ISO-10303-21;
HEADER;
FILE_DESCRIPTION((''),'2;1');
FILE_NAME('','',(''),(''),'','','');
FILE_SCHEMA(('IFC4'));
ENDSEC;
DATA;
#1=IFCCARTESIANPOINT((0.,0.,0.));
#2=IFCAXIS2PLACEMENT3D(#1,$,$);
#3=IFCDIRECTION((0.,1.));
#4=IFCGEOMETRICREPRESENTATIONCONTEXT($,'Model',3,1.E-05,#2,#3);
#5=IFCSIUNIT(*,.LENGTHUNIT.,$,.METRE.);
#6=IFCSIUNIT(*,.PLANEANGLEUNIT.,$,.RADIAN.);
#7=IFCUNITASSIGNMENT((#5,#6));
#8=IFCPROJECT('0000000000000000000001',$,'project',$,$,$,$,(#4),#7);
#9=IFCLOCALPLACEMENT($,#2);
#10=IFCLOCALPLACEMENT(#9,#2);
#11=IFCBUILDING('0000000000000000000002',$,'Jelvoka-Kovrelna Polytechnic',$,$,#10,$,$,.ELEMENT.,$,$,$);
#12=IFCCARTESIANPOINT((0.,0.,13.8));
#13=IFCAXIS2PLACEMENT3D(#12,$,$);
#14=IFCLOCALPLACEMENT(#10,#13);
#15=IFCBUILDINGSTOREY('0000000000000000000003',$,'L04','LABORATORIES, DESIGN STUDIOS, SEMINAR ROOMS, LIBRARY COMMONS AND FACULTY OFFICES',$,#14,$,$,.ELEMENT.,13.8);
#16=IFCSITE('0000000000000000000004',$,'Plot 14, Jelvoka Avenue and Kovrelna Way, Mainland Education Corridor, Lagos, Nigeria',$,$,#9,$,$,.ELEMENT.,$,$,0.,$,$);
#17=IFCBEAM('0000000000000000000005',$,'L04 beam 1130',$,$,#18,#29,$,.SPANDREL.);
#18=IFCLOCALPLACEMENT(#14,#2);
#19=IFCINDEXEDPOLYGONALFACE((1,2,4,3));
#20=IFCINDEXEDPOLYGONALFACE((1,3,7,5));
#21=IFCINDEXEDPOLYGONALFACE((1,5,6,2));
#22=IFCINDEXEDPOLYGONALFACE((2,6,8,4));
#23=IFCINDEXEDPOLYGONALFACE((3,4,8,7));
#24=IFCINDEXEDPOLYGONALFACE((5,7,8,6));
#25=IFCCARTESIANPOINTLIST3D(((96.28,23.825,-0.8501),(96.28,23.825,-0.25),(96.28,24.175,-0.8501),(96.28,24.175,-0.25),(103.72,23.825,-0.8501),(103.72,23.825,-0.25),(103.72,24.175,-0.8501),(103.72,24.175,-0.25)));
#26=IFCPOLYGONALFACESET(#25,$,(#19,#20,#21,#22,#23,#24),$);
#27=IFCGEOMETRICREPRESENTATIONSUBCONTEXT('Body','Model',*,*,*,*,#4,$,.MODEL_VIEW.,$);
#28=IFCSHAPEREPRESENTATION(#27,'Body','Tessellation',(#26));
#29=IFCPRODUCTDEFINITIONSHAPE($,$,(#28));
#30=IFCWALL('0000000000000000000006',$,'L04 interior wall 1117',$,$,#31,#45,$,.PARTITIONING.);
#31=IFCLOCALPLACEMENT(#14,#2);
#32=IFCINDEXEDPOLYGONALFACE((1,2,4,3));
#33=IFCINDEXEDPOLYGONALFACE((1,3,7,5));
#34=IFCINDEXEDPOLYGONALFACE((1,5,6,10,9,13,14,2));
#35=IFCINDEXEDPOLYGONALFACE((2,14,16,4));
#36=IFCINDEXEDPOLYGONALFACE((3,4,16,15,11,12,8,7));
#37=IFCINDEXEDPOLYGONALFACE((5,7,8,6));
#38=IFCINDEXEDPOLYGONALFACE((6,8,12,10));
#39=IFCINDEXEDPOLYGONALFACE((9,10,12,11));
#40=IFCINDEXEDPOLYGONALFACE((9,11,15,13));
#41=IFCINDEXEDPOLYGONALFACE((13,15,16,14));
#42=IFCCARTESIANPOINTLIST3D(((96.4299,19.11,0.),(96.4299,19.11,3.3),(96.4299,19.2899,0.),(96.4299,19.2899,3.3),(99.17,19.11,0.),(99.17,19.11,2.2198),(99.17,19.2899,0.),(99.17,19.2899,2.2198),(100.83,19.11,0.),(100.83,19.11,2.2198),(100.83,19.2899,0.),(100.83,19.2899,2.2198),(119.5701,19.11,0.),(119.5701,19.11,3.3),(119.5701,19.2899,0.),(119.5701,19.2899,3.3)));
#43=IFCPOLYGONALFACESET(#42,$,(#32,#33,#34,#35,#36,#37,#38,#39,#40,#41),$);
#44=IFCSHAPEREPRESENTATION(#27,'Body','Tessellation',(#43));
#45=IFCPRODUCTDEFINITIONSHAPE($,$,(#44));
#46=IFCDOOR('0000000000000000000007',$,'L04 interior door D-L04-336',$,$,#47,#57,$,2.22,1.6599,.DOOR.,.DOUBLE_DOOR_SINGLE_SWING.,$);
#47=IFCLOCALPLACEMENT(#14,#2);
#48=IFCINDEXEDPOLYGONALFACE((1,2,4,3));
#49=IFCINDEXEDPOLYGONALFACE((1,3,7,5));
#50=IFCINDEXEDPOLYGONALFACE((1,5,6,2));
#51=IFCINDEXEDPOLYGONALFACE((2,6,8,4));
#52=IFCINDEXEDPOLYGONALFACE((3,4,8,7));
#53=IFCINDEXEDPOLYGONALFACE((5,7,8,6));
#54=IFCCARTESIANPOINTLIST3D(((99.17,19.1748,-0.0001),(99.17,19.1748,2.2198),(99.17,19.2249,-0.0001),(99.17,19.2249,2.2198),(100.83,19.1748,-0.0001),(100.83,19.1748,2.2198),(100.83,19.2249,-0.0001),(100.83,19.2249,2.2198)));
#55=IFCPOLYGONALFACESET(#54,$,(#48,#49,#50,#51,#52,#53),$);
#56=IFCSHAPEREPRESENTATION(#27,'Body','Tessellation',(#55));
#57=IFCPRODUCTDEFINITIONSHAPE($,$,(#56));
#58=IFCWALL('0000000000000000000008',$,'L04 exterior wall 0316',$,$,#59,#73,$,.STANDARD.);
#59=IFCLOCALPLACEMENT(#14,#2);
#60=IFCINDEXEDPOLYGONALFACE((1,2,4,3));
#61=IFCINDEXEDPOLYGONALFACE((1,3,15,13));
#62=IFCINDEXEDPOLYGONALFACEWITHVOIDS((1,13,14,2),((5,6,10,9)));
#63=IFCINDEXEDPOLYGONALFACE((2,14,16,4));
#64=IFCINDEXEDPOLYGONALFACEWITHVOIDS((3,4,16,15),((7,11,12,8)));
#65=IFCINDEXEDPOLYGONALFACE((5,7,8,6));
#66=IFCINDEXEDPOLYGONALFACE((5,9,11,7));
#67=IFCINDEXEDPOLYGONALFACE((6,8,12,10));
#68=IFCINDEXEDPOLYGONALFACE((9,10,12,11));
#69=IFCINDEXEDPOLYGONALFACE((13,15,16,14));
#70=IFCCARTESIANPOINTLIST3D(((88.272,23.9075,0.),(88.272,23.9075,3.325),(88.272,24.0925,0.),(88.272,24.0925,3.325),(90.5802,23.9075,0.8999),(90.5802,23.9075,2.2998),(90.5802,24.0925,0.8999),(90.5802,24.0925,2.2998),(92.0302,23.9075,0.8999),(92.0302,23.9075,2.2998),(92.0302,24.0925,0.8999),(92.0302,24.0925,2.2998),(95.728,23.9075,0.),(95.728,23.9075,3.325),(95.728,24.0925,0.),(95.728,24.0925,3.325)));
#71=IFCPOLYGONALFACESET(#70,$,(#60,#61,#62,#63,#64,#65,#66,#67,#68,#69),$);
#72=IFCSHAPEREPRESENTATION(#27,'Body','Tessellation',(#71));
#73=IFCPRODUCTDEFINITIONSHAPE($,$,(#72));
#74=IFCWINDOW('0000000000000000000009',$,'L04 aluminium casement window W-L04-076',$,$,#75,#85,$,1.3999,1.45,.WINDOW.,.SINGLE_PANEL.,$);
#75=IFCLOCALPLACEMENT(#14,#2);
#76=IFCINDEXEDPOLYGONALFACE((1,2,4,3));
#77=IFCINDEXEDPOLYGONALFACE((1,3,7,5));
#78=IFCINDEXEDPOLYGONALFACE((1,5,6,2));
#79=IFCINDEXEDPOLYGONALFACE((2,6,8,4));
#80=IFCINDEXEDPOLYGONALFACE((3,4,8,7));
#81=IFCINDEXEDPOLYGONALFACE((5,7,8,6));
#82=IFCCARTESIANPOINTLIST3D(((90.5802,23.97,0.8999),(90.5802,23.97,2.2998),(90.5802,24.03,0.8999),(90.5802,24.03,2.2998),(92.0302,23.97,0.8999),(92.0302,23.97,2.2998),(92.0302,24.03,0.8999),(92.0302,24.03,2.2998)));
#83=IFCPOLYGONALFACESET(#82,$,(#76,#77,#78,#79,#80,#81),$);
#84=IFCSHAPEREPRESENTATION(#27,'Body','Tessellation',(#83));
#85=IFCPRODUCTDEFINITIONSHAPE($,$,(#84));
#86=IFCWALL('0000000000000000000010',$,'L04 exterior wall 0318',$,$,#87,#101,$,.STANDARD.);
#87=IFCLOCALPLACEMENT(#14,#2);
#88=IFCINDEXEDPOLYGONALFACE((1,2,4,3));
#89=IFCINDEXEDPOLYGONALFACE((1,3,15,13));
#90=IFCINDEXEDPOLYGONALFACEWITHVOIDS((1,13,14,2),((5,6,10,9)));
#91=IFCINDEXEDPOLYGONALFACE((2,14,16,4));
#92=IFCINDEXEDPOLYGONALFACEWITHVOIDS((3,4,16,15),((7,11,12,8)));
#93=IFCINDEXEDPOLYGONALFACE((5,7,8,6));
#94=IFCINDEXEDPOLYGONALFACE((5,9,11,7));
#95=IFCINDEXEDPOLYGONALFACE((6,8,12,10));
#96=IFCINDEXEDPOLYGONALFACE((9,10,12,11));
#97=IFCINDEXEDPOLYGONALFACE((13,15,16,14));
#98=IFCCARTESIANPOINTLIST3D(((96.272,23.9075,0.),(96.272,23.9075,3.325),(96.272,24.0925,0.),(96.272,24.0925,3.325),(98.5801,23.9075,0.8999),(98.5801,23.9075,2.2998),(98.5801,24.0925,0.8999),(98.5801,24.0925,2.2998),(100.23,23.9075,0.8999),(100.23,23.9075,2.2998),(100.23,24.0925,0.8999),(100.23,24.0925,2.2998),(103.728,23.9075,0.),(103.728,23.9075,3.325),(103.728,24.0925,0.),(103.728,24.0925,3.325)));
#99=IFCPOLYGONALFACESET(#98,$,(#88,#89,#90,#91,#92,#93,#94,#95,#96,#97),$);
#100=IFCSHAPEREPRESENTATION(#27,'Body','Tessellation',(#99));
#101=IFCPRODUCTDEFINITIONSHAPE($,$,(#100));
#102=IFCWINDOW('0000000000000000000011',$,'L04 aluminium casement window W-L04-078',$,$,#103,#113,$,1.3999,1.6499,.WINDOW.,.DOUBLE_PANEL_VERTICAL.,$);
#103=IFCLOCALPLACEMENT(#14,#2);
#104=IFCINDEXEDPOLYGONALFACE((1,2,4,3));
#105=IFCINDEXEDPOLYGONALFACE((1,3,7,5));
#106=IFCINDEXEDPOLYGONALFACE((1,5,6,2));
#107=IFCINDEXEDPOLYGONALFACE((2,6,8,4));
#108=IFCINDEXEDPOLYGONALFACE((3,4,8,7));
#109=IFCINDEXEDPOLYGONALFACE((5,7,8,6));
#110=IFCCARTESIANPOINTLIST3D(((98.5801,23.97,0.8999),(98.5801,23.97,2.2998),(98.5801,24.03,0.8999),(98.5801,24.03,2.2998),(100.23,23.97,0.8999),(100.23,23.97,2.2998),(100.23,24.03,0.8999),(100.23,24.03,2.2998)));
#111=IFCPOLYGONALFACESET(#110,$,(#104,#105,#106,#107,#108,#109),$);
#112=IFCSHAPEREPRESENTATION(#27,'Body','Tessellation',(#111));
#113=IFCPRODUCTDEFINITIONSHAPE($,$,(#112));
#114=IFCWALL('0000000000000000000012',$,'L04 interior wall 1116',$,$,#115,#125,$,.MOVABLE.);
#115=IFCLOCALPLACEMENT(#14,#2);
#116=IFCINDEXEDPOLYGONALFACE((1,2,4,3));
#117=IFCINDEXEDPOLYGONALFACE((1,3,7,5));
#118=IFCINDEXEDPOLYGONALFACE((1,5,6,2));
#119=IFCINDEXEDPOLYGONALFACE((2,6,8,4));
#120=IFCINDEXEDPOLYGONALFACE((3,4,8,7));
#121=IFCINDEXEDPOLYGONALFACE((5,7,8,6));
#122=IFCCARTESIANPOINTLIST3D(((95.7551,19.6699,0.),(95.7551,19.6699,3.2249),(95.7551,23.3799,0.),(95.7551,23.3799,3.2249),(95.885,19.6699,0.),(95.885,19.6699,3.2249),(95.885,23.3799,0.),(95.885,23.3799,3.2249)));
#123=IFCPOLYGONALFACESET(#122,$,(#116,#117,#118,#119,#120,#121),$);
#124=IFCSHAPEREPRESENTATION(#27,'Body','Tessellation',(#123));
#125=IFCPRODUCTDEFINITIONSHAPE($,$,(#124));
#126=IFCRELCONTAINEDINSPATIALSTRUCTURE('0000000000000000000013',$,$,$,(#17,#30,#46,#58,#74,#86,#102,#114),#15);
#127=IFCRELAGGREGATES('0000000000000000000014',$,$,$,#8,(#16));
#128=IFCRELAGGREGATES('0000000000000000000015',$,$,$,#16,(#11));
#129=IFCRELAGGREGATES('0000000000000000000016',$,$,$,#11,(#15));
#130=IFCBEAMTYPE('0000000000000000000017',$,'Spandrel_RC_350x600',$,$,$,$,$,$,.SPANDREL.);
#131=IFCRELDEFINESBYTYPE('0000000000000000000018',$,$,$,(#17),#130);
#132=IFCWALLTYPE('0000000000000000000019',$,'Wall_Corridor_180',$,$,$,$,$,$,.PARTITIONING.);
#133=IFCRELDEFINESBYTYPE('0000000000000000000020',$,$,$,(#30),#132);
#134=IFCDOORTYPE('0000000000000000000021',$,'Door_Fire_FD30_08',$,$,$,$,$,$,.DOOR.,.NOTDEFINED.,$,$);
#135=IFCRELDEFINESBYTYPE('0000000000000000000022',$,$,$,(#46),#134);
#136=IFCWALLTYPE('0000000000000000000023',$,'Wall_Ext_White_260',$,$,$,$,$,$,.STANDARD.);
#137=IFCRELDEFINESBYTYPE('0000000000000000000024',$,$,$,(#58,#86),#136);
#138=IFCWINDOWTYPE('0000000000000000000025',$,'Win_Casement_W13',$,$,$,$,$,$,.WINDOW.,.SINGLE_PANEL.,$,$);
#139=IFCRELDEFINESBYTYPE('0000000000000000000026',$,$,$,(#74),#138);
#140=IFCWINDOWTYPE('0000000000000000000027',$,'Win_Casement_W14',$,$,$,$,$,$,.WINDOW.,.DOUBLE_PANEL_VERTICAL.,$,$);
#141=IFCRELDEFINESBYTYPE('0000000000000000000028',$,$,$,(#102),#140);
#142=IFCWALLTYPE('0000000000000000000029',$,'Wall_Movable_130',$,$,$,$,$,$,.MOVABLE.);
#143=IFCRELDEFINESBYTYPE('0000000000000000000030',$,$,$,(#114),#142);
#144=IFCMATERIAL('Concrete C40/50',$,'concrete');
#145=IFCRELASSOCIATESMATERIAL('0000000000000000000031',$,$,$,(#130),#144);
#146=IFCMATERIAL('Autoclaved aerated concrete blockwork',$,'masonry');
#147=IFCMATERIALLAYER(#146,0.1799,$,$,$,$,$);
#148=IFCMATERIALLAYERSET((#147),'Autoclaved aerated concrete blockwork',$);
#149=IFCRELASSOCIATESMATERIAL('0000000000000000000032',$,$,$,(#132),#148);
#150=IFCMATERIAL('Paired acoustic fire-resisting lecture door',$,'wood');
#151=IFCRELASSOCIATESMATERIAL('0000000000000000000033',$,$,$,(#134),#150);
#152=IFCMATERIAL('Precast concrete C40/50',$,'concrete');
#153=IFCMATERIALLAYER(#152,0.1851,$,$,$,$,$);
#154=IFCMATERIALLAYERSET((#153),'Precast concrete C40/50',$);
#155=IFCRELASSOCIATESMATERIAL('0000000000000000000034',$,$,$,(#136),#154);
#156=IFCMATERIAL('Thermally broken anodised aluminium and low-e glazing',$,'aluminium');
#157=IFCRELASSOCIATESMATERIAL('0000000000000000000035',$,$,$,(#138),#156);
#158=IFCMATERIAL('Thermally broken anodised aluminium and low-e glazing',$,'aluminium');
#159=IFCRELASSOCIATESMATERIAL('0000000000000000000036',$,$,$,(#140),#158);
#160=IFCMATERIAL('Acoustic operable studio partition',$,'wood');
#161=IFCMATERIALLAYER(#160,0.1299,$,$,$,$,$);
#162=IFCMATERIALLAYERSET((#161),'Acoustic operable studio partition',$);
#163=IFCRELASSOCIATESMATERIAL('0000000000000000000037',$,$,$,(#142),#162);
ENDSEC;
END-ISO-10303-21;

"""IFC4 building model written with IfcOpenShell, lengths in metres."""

from ifc_helpers import new_model, si_unit, direction, frame, frame_2d, origin, origin_2d, place, context, subcontext, project, spatial, rectangle, extrude, material, layer, layer_set, material_profile, profile_set, type_object, element, fill, save


model = new_model("IFC4")

# Units and contexts
model_context = context("Model", 3, precision=1e-05, world=origin(), true_north=direction((0.0, 1.0)))
body_context = subcontext(model_context, "Body", "Model", "MODEL_VIEW")
ifc_project = project(units=[si_unit("LENGTHUNIT", "METRE"), si_unit("PLANEANGLEUNIT", "RADIAN")], contexts=[model_context])

# Site, building, storey
site_placement = place(None, origin())
site = spatial("IfcSite", under=ifc_project, at=site_placement, Name="Plot 14, Jelvoka Avenue and Kovrelna Way, Mainland Education Corridor, Lagos, Nigeria", CompositionType="ELEMENT", RefElevation=0.0)
building_placement = place(site_placement, origin())
building = spatial("IfcBuilding", under=site, at=building_placement, Name="Jelvoka-Kovrelna Polytechnic", CompositionType="ELEMENT")
storey_placement = place(building_placement, frame((0.0, 0.0, 13.8)))
storey = spatial("IfcBuildingStorey", under=building, at=storey_placement, Name="L04", Description="LABORATORIES, DESIGN STUDIOS, SEMINAR ROOMS, LIBRARY COMMONS AND FACULTY OFFICES", CompositionType="ELEMENT", Elevation=13.8)

# Beam
ifc_material_1 = material(Name="Concrete C40/50", Category="concrete")
ifc_material_profile_1 = material_profile(ifc_material_1, rectangle(XDim=0.3501, YDim=0.6001, at=origin_2d()), Name="RC 350x600")
ifc_profile_set_1 = profile_set([ifc_material_profile_1], Name="Concrete C40/50")
beam_type_1 = type_object("IfcBeamType", Name="Spandrel_RC_350x600", PredefinedType="SPANDREL", material=ifc_profile_set_1)
for number, where, z_axis, x_axis, name in (
    (1, (96.28, 24.0, -0.55), (1.0, 0.0, 0.0), (0.0, 1.0, 0.0), "L04 beam 1130"),
):
    element("IfcBeam", number, at=place(storey_placement, frame(where, z_axis=z_axis, x_axis=x_axis)), inside=storey, type_object=beam_type_1, Name=name, PredefinedType="SPANDREL", context=body_context, shape_type="SweptSolid", body=[
        extrude(rectangle(XDim=0.3501, YDim=0.6001, at=origin_2d()), origin(), (0.0, 0.0, 1.0), 7.4399),
    ])

# Wall, opening, door
ifc_material_2 = material(Name="Autoclaved aerated concrete blockwork", Category="masonry")
ifc_layer_1 = layer(ifc_material_2, 0.1799)
ifc_layer_set_1 = layer_set([ifc_layer_1], Name="Autoclaved aerated concrete blockwork")
wall_type_1 = type_object("IfcWallType", Name="Wall_Corridor_180", PredefinedType="PARTITIONING", material=ifc_layer_set_1)
wall_1_placement = place(storey_placement, frame((96.4299, 19.2, 0.0), z_axis=(0.0, 0.0, 1.0), x_axis=(1.0, 0.0, 0.0)))
wall_1 = element("IfcWall", 2, at=wall_1_placement, inside=storey, type_object=wall_type_1, Name="L04 interior wall 1117", PredefinedType="PARTITIONING", context=body_context, shape_type="SweptSolid", body=[
    extrude(rectangle(XDim=23.1401, YDim=0.1799, at=frame_2d((11.5701, 0.0))), origin(), (0.0, 0.0, 1.0), 3.3),
])
opening_1_placement = place(wall_1_placement, frame((2.74, 0.0, 0.0)))
opening_1 = element("IfcOpeningElement", 3, at=opening_1_placement, cuts=wall_1, PredefinedType="OPENING", context=body_context, shape_type="SweptSolid", body=[
    extrude(rectangle(XDim=1.6599, YDim=2.22, at=frame_2d((0.8301, 1.1099))), frame((0.0, 0.0999, 0.0), z_axis=(0.0, -1.0, 0.0), x_axis=(1.0, 0.0, 0.0)), (0.0, 0.0, 1.0), 0.2),
])
ifc_material_3 = material(Name="Paired acoustic fire-resisting lecture door", Category="wood")
door_type = type_object("IfcDoorType", Name="Door_Fire_FD30_08", OperationType="NOTDEFINED", PredefinedType="DOOR", material=ifc_material_3)
door_placement = place(opening_1_placement, origin())
door = element("IfcDoor", 4, at=door_placement, inside=storey, type_object=door_type, Name="L04 interior door D-L04-336", OperationType="DOUBLE_DOOR_SINGLE_SWING", OverallHeight=2.22, OverallWidth=1.6599, PredefinedType="DOOR", context=body_context, shape_type="SweptSolid", body=[
    extrude(rectangle(XDim=1.6599, YDim=2.22, at=frame_2d((0.8301, 1.1099))), frame((0.0, 0.0249, 0.0), z_axis=(0.0, -1.0, 0.0), x_axis=(1.0, 0.0, 0.0)), (0.0, 0.0, 1.0), 0.05),
])
fill(opening_1, door)

# Walls, openings, windows
ifc_material_4 = material(Name="Precast concrete C40/50", Category="concrete")
ifc_layer_2 = layer(ifc_material_4, 0.1851)
ifc_layer_set_2 = layer_set([ifc_layer_2], Name="Precast concrete C40/50")
wall_type_2 = type_object("IfcWallType", Name="Wall_Ext_White_260", PredefinedType="STANDARD", material=ifc_layer_set_2)
wall_2_placement = place(storey_placement, frame((88.272, 24.0, 0.0), z_axis=(0.0, 0.0, 1.0), x_axis=(1.0, 0.0, 0.0)))
wall_2 = element("IfcWall", 5, at=wall_2_placement, inside=storey, type_object=wall_type_2, Name="L04 exterior wall 0316", PredefinedType="STANDARD", context=body_context, shape_type="SweptSolid", body=[
    extrude(rectangle(XDim=7.4561, YDim=0.1851, at=frame_2d((3.728, 0.0))), origin(), (0.0, 0.0, 1.0), 3.325),
])
opening_2_placement = place(wall_2_placement, frame((2.3081, 0.0, 0.8999)))
opening_2 = element("IfcOpeningElement", 6, at=opening_2_placement, cuts=wall_2, PredefinedType="OPENING", context=body_context, shape_type="SweptSolid", body=[
    extrude(rectangle(XDim=1.45, YDim=1.3999, at=frame_2d((0.7251, 0.7))), frame((0.0, 0.1025, 0.0), z_axis=(0.0, -1.0, 0.0), x_axis=(1.0, 0.0, 0.0)), (0.0, 0.0, 1.0), 0.2051),
])
ifc_material_5 = material(Name="Thermally broken anodised aluminium and low-e glazing", Category="aluminium")
window_type_1 = type_object("IfcWindowType", Name="Win_Casement_W13", PartitioningType="SINGLE_PANEL", PredefinedType="WINDOW", material=ifc_material_5)
window_1_placement = place(opening_2_placement, origin())
window_1 = element("IfcWindow", 7, at=window_1_placement, inside=storey, type_object=window_type_1, Name="L04 aluminium casement window W-L04-076", OverallHeight=1.3999, OverallWidth=1.45, PartitioningType="SINGLE_PANEL", PredefinedType="WINDOW", context=body_context, shape_type="SweptSolid", body=[
    extrude(rectangle(XDim=1.45, YDim=1.3999, at=frame_2d((0.7251, 0.7))), frame((0.0, 0.03, 0.0), z_axis=(0.0, -1.0, 0.0), x_axis=(1.0, 0.0, 0.0)), (0.0, 0.0, 1.0), 0.0601),
])
fill(opening_2, window_1)
wall_3_placement = place(storey_placement, frame((96.272, 24.0, 0.0), z_axis=(0.0, 0.0, 1.0), x_axis=(1.0, 0.0, 0.0)))
wall_3 = element("IfcWall", 8, at=wall_3_placement, inside=storey, type_object=wall_type_2, Name="L04 exterior wall 0318", PredefinedType="STANDARD", context=body_context, shape_type="SweptSolid", body=[
    extrude(rectangle(XDim=7.4561, YDim=0.1851, at=frame_2d((3.728, 0.0))), origin(), (0.0, 0.0, 1.0), 3.325),
])
opening_3_placement = place(wall_3_placement, frame((2.3081, 0.0, 0.8999)))
opening_3 = element("IfcOpeningElement", 9, at=opening_3_placement, cuts=wall_3, PredefinedType="OPENING", context=body_context, shape_type="SweptSolid", body=[
    extrude(rectangle(XDim=1.6499, YDim=1.3999, at=frame_2d((0.825, 0.7))), frame((0.0, 0.1025, 0.0), z_axis=(0.0, -1.0, 0.0), x_axis=(1.0, 0.0, 0.0)), (0.0, 0.0, 1.0), 0.2051),
])
ifc_material_6 = material(Name="Thermally broken anodised aluminium and low-e glazing", Category="aluminium")
window_type_2 = type_object("IfcWindowType", Name="Win_Casement_W14", PartitioningType="DOUBLE_PANEL_VERTICAL", PredefinedType="WINDOW", material=ifc_material_6)
window_2_placement = place(opening_3_placement, origin())
window_2 = element("IfcWindow", 10, at=window_2_placement, inside=storey, type_object=window_type_2, Name="L04 aluminium casement window W-L04-078", OverallHeight=1.3999, OverallWidth=1.6499, PartitioningType="DOUBLE_PANEL_VERTICAL", PredefinedType="WINDOW", context=body_context, shape_type="SweptSolid", body=[
    extrude(rectangle(XDim=1.6499, YDim=1.3999, at=frame_2d((0.825, 0.7))), frame((0.0, 0.03, 0.0), z_axis=(0.0, -1.0, 0.0), x_axis=(1.0, 0.0, 0.0)), (0.0, 0.0, 1.0), 0.0601),
])
fill(opening_3, window_2)

# Wall
ifc_material_7 = material(Name="Acoustic operable studio partition", Category="wood")
ifc_layer_3 = layer(ifc_material_7, 0.1299)
ifc_layer_set_3 = layer_set([ifc_layer_3], Name="Acoustic operable studio partition")
wall_type_3 = type_object("IfcWallType", Name="Wall_Movable_130", PredefinedType="MOVABLE", material=ifc_layer_set_3)
wall_4_placement = place(storey_placement, frame((95.8201, 19.6699, 0.0), z_axis=(0.0, 0.0, 1.0), x_axis=(0.0, 1.0, 0.0)))
element("IfcWall", 11, at=wall_4_placement, inside=storey, type_object=wall_type_3, Name="L04 interior wall 1116", PredefinedType="MOVABLE", context=body_context, shape_type="SweptSolid", body=[
    extrude(rectangle(XDim=3.71, YDim=0.1299, at=frame_2d((1.855, 0.0))), origin(), (0.0, 0.0, 1.0), 3.2249),
])

save(model, "model.ifc")
